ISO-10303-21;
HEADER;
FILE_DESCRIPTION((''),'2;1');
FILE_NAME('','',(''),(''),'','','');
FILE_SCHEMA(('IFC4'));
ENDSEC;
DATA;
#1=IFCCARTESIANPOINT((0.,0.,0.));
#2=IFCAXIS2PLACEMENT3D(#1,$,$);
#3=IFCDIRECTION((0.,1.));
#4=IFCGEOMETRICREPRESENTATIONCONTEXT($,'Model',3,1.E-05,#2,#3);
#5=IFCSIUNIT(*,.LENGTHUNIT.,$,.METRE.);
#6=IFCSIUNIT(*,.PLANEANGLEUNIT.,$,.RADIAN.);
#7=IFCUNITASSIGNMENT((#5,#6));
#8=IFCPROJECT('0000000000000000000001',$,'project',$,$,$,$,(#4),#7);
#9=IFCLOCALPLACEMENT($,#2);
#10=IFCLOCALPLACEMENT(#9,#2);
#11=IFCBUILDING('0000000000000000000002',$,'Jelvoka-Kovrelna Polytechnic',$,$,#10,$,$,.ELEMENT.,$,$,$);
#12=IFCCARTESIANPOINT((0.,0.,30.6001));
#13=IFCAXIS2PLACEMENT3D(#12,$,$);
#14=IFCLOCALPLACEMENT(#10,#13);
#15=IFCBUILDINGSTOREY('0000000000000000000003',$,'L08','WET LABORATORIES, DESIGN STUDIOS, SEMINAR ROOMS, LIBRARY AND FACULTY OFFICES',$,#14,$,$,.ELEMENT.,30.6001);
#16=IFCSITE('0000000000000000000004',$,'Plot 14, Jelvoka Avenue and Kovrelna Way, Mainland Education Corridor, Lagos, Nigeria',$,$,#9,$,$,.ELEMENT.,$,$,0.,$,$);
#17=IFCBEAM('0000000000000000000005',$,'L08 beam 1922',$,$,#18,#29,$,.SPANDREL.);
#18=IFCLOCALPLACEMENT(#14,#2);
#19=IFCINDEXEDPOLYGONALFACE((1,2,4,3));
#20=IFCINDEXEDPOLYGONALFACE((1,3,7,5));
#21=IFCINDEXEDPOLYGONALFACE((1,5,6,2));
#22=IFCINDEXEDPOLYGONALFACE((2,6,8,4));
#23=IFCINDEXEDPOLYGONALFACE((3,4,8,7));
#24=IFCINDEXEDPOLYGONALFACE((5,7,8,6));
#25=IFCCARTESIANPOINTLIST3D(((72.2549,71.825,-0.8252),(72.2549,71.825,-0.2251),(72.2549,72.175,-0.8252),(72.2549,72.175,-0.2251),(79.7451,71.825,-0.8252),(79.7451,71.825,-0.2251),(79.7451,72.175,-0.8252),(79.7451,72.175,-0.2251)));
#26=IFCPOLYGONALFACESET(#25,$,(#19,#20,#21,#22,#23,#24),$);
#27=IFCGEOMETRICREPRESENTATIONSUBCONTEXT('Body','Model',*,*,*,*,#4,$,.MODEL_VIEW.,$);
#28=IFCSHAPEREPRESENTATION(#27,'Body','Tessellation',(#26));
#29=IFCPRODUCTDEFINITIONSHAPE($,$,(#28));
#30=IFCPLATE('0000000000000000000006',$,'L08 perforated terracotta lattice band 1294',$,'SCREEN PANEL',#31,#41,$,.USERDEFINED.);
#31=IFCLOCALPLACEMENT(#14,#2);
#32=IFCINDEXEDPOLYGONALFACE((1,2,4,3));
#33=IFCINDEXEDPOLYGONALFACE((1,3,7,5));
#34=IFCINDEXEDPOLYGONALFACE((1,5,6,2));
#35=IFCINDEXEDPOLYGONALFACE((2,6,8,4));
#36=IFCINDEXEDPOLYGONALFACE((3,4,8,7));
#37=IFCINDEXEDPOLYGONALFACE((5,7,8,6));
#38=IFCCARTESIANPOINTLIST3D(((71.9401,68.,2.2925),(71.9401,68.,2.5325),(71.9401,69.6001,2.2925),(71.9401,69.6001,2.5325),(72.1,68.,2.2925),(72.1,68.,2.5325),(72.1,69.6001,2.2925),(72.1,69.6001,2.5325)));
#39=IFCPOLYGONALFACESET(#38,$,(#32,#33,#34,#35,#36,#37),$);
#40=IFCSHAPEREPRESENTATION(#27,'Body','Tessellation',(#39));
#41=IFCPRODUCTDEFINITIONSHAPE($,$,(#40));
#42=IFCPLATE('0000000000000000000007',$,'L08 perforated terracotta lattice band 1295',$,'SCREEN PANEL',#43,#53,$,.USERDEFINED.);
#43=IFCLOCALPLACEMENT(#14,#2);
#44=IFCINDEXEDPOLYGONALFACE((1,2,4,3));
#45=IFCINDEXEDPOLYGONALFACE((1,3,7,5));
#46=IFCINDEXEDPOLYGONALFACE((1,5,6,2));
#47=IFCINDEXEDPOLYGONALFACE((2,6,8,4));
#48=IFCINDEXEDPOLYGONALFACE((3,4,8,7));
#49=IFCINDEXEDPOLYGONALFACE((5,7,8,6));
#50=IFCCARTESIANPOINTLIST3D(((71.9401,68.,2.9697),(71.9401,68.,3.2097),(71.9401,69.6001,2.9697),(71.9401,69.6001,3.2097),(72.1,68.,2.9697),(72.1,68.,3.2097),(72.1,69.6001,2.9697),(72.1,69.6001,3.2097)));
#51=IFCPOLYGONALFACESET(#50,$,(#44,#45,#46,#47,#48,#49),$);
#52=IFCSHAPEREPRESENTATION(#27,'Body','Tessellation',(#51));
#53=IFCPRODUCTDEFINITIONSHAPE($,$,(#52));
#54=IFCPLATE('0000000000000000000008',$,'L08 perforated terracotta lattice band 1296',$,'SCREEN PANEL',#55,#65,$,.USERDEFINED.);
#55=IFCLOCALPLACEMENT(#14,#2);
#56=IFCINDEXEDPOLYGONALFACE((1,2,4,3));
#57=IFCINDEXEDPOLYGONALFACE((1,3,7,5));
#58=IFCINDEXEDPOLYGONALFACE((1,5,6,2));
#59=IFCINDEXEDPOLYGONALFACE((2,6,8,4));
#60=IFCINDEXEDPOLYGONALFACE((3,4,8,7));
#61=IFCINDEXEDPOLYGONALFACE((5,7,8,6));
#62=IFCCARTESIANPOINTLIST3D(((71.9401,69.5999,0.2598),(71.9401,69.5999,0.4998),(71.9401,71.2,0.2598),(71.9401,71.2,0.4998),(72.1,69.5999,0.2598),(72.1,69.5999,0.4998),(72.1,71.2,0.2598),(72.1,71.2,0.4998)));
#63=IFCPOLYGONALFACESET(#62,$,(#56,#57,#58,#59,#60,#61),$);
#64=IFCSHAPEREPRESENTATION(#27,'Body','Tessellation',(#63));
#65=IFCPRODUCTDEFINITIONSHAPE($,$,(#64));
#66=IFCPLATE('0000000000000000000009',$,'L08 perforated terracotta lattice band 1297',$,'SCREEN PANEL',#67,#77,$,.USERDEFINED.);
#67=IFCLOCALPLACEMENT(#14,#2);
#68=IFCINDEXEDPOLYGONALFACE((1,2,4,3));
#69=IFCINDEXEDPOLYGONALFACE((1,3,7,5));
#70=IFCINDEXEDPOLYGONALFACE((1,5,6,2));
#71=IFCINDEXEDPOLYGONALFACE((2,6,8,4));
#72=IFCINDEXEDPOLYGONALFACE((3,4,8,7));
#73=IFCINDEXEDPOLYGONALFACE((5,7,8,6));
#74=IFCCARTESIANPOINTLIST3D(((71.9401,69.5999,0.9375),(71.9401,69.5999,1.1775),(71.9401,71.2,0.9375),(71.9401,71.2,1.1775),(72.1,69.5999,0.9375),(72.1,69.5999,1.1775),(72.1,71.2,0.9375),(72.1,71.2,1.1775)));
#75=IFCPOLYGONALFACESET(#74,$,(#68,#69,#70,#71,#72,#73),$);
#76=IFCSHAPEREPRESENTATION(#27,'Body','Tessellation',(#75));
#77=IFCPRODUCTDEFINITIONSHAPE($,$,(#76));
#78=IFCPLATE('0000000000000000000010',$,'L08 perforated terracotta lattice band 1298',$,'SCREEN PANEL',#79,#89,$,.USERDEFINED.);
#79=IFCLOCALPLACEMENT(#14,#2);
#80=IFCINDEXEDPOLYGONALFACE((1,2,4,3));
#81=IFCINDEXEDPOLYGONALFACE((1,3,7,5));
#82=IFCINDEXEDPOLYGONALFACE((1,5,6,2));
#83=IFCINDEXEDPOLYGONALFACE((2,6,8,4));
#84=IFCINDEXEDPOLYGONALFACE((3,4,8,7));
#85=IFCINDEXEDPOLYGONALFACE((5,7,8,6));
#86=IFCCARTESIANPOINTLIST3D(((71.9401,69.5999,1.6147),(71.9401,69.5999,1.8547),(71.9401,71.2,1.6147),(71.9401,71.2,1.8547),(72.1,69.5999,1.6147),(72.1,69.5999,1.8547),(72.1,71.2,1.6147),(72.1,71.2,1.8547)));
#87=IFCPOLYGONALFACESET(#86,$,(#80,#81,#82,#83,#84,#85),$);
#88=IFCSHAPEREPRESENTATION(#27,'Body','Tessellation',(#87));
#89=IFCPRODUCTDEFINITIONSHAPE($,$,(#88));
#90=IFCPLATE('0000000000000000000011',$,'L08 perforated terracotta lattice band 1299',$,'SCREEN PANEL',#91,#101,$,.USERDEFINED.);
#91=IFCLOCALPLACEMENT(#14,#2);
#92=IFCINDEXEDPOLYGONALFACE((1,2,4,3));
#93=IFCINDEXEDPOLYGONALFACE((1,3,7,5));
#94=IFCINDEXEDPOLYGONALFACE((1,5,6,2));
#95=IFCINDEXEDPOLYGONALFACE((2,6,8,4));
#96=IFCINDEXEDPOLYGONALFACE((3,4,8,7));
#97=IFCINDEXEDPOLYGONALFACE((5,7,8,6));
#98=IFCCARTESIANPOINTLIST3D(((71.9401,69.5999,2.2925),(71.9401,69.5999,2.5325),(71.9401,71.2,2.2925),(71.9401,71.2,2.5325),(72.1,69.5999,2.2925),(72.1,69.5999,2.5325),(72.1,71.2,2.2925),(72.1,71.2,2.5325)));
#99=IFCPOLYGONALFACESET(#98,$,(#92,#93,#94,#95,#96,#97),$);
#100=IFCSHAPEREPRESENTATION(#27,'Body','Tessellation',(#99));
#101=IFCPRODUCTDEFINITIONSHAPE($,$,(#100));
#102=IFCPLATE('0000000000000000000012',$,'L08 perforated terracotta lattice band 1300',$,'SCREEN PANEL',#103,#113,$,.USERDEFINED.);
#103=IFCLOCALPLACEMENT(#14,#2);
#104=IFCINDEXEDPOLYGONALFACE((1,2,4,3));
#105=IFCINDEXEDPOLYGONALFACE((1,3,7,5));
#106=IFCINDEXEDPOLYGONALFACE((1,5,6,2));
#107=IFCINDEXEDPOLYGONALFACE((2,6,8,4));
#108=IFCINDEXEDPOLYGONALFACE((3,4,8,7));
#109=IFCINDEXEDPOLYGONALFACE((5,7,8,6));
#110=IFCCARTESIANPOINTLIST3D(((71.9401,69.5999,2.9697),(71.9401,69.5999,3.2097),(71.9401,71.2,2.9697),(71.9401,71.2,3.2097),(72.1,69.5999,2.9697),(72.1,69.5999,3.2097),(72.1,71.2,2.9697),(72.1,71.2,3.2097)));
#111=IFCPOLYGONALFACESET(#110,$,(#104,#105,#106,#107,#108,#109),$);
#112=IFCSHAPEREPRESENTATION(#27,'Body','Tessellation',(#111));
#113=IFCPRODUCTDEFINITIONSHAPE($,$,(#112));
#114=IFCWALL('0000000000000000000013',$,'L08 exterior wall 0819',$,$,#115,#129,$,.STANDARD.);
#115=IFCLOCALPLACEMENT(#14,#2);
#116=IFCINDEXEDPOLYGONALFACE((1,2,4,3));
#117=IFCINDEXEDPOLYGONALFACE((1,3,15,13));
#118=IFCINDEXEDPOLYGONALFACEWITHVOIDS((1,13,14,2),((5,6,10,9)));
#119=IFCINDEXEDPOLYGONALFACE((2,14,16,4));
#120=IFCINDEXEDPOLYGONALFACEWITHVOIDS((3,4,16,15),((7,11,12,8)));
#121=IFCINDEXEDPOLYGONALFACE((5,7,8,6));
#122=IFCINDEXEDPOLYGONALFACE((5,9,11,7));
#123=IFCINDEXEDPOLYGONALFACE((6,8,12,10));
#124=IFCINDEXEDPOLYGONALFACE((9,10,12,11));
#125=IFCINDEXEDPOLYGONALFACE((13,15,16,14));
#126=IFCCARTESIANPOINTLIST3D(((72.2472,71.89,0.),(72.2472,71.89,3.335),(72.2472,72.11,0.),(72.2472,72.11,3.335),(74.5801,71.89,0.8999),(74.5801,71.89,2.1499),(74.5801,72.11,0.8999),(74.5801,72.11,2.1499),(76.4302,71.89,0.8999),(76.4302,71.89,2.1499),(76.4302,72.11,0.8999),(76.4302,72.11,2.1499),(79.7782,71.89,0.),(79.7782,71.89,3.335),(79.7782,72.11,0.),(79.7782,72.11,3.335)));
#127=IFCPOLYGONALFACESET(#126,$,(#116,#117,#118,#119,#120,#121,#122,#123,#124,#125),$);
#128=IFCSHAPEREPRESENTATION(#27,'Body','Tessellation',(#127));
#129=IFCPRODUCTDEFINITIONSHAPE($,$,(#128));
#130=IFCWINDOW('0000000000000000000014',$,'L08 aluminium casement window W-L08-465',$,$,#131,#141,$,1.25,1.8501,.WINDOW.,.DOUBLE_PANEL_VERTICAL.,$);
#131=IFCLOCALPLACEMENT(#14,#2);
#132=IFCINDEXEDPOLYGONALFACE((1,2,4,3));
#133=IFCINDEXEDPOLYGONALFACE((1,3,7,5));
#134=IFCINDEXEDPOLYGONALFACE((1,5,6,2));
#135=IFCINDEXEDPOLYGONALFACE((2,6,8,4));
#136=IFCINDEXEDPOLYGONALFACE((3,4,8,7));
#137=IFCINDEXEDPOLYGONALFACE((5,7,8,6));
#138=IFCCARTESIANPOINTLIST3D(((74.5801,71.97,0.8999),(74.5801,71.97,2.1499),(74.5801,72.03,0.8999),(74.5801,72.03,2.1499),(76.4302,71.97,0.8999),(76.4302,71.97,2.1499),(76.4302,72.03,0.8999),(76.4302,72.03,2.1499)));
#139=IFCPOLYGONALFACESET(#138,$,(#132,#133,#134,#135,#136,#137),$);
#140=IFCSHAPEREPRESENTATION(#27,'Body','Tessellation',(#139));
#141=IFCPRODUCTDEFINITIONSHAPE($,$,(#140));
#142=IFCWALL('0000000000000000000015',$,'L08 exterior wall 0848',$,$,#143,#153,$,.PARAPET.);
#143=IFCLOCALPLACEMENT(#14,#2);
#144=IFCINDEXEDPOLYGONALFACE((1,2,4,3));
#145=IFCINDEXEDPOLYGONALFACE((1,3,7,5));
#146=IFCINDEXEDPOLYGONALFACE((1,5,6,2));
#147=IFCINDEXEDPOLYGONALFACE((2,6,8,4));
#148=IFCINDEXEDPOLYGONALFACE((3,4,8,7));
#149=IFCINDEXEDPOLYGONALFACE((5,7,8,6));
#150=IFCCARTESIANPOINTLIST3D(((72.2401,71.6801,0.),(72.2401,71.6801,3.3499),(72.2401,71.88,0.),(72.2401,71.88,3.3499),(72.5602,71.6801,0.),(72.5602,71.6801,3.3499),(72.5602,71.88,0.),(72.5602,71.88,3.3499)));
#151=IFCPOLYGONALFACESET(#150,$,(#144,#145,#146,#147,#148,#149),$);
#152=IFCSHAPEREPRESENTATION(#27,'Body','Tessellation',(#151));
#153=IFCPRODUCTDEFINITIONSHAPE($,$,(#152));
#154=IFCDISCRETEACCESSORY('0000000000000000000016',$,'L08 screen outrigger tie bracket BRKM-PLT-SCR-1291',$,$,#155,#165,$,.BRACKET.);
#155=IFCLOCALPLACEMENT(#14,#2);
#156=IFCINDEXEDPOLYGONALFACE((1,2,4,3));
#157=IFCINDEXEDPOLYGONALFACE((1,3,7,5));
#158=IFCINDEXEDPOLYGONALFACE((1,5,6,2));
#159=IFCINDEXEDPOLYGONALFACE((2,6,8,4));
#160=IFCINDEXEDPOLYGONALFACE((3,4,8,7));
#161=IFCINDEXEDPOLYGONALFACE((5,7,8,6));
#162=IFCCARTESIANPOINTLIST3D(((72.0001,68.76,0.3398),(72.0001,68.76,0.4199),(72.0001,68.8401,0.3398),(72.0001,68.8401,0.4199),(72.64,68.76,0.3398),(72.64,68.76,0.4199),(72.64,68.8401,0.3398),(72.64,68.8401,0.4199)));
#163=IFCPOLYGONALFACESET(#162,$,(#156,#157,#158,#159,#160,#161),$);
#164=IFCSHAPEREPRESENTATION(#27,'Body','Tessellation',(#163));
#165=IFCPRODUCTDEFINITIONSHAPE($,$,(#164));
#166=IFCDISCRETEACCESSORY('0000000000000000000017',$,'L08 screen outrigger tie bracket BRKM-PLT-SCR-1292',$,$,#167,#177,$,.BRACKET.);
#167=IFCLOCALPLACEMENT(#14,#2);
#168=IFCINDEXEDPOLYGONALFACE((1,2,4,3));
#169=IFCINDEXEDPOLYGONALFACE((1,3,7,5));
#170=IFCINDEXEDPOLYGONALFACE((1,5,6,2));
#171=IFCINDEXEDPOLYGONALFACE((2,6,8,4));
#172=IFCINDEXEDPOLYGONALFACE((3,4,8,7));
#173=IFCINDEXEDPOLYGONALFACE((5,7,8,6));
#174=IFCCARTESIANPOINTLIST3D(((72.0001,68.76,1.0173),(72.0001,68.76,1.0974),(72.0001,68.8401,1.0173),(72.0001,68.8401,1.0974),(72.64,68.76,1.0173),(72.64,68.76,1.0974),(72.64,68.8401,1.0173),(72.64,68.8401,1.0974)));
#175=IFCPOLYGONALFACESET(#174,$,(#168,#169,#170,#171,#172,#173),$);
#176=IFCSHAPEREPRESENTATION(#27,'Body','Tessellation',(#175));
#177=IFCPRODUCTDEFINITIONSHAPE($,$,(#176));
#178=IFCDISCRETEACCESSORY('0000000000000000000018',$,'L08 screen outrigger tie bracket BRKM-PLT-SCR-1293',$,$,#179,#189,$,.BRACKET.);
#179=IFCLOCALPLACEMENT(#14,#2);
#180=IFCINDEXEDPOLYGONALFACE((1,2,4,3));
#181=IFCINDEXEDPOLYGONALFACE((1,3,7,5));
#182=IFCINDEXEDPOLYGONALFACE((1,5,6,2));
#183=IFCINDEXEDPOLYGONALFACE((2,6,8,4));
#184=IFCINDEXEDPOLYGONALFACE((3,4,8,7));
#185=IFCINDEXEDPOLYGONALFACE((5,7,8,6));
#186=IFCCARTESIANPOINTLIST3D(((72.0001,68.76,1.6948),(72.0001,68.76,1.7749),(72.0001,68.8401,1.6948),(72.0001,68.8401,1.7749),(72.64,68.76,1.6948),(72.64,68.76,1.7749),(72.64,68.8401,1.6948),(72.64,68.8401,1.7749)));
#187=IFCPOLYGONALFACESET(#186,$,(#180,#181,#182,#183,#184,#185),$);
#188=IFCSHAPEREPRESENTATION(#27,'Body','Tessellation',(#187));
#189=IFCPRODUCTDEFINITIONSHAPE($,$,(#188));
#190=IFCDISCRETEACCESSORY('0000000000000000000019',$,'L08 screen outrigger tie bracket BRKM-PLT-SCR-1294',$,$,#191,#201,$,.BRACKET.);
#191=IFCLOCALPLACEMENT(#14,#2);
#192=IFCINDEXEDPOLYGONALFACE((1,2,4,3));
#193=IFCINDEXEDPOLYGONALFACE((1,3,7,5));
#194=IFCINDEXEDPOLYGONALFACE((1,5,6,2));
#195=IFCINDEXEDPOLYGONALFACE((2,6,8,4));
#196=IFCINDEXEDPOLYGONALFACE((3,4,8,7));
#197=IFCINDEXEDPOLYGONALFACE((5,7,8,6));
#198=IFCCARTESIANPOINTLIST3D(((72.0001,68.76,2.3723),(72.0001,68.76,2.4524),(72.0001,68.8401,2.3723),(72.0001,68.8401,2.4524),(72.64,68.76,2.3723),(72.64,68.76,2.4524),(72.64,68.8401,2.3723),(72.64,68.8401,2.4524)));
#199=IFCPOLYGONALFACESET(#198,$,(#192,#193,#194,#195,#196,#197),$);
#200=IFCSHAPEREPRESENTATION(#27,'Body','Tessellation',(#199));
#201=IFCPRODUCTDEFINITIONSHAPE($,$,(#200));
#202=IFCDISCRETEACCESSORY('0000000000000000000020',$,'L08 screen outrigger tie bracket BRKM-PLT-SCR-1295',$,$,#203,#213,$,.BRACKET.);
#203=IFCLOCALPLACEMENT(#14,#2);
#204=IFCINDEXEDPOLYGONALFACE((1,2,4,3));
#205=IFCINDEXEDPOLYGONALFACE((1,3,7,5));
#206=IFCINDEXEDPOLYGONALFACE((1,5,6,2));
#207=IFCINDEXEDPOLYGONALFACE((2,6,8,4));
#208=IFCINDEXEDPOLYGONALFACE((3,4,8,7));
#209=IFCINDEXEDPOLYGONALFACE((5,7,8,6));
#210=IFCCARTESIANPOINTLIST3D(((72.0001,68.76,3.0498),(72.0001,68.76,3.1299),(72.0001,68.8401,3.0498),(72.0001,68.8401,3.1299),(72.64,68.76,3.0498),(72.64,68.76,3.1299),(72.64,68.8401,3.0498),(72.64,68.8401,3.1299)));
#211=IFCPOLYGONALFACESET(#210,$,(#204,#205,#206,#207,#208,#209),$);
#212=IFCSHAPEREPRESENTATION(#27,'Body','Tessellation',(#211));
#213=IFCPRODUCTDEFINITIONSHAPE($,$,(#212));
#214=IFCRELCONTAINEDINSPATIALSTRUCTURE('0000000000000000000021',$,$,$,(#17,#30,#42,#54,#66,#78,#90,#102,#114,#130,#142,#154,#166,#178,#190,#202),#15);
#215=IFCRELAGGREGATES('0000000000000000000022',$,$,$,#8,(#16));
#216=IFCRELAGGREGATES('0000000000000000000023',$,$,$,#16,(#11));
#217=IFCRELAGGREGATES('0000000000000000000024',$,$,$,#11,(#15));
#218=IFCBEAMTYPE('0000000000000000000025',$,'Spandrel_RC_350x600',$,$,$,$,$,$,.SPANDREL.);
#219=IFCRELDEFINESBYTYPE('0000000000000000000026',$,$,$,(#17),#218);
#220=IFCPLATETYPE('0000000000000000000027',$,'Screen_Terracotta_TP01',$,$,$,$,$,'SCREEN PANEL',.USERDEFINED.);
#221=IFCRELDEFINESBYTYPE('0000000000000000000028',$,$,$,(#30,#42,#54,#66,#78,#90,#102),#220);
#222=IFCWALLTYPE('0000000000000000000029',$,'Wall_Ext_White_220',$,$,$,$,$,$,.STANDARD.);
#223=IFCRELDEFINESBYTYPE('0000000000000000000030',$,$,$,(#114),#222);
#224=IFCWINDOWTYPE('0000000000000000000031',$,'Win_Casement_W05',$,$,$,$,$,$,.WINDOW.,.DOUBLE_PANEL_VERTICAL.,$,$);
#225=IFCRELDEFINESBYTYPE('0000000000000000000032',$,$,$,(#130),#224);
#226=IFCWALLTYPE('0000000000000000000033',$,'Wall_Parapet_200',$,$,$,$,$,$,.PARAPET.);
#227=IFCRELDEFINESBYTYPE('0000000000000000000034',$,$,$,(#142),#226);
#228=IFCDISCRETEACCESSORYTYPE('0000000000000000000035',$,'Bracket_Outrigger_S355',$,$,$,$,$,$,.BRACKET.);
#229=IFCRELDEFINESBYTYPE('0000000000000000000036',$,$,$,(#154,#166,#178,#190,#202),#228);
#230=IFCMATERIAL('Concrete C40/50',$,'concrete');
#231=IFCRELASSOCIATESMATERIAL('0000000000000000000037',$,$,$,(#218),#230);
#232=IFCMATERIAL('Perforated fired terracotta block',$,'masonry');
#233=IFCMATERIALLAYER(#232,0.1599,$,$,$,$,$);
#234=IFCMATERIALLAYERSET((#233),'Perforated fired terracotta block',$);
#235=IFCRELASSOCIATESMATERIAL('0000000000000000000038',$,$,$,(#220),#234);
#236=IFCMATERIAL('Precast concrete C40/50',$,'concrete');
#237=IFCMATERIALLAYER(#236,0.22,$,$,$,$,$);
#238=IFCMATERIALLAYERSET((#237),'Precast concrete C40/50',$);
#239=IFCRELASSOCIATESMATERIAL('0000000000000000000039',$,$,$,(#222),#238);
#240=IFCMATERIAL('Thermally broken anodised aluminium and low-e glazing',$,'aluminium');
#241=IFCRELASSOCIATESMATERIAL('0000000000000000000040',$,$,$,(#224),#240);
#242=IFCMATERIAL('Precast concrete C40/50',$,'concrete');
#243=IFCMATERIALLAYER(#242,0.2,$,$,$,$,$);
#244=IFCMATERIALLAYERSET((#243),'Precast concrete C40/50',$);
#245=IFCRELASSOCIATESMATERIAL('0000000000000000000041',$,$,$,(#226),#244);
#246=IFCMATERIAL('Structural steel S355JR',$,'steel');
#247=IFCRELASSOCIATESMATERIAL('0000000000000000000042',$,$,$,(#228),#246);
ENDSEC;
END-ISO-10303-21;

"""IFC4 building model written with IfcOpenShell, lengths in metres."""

from ifc_helpers import new_model, si_unit, direction, frame, frame_2d, origin, origin_2d, place, context, subcontext, project, spatial, rectangle, extrude, material, layer, layer_set, material_profile, profile_set, type_object, element, fill, save


model = new_model("IFC4")

# Units and contexts
model_context = context("Model", 3, precision=1e-05, world=origin(), true_north=direction((0.0, 1.0)))
body_context = subcontext(model_context, "Body", "Model", "MODEL_VIEW")
ifc_project = project(units=[si_unit("LENGTHUNIT", "METRE"), si_unit("PLANEANGLEUNIT", "RADIAN")], contexts=[model_context])

# Site, building, storey
site_placement = place(None, origin())
site = spatial("IfcSite", under=ifc_project, at=site_placement, Name="Plot 14, Jelvoka Avenue and Kovrelna Way, Mainland Education Corridor, Lagos, Nigeria", CompositionType="ELEMENT", RefElevation=0.0)
building_placement = place(site_placement, origin())
building = spatial("IfcBuilding", under=site, at=building_placement, Name="Jelvoka-Kovrelna Polytechnic", CompositionType="ELEMENT")
storey_placement = place(building_placement, frame((0.0, 0.0, 30.6001)))
storey = spatial("IfcBuildingStorey", under=building, at=storey_placement, Name="L08", Description="WET LABORATORIES, DESIGN STUDIOS, SEMINAR ROOMS, LIBRARY AND FACULTY OFFICES", CompositionType="ELEMENT", Elevation=30.6001)

# Beam
ifc_material_1 = material(Name="Concrete C40/50", Category="concrete")
ifc_material_profile = material_profile(ifc_material_1, rectangle(XDim=0.3501, YDim=0.6001, at=origin_2d()), Name="RC 350x600")
ifc_profile_set = profile_set([ifc_material_profile], Name="Concrete C40/50")
beam_type = type_object("IfcBeamType", Name="Spandrel_RC_350x600", PredefinedType="SPANDREL", material=ifc_profile_set)
beam_placement = place(storey_placement, frame((72.2549, 72.0, -0.5251), z_axis=(1.0, 0.0, 0.0), x_axis=(0.0, 1.0, 0.0)))
element("IfcBeam", 1, at=beam_placement, inside=storey, type_object=beam_type, Name="L08 beam 1922", PredefinedType="SPANDREL", context=body_context, shape_type="SweptSolid", body=[
    extrude(rectangle(XDim=0.3501, YDim=0.6001, at=origin_2d()), origin(), (0.0, 0.0, 1.0), 7.4902),
])

# Plates
ifc_material_2 = material(Name="Perforated fired terracotta block", Category="masonry")
ifc_layer_1 = layer(ifc_material_2, 0.1599)
ifc_layer_set_1 = layer_set([ifc_layer_1], Name="Perforated fired terracotta block")
plate_type = type_object("IfcPlateType", Name="Screen_Terracotta_TP01", ElementType="SCREEN PANEL", PredefinedType="USERDEFINED", material=ifc_layer_set_1)
for number, where, z_axis, x_axis, name in (
    (2, (72.02, 68.8, 2.2925), (0.0, 0.0, 1.0), (0.0, 1.0, 0.0), "L08 perforated terracotta lattice band 1294"),
    (3, (72.02, 68.8, 2.9697), (0.0, 0.0, 1.0), (0.0, 1.0, 0.0), "L08 perforated terracotta lattice band 1295"),
    (4, (72.02, 70.3999, 0.2598), (0.0, 0.0, 1.0), (0.0, 1.0, 0.0), "L08 perforated terracotta lattice band 1296"),
    (5, (72.02, 70.3999, 0.9375), (0.0, 0.0, 1.0), (0.0, 1.0, 0.0), "L08 perforated terracotta lattice band 1297"),
    (6, (72.02, 70.3999, 1.6147), (0.0, 0.0, 1.0), (0.0, 1.0, 0.0), "L08 perforated terracotta lattice band 1298"),
    (7, (72.02, 70.3999, 2.2925), (0.0, 0.0, 1.0), (0.0, 1.0, 0.0), "L08 perforated terracotta lattice band 1299"),
    (8, (72.02, 70.3999, 2.9697), (0.0, 0.0, 1.0), (0.0, 1.0, 0.0), "L08 perforated terracotta lattice band 1300"),
):
    element("IfcPlate", number, at=place(storey_placement, frame(where, z_axis=z_axis, x_axis=x_axis)), inside=storey, type_object=plate_type, Name=name, ObjectType="SCREEN PANEL", PredefinedType="USERDEFINED", context=body_context, shape_type="SweptSolid", body=[
        extrude(rectangle(XDim=1.6001, YDim=0.1599, at=origin_2d()), origin(), (0.0, 0.0, 1.0), 0.24),
    ])

# Wall, opening, window
ifc_material_3 = material(Name="Precast concrete C40/50", Category="concrete")
ifc_layer_2 = layer(ifc_material_3, 0.22)
ifc_layer_set_2 = layer_set([ifc_layer_2], Name="Precast concrete C40/50")
wall_type_1 = type_object("IfcWallType", Name="Wall_Ext_White_220", PredefinedType="STANDARD", material=ifc_layer_set_2)
wall_1_placement = place(storey_placement, frame((72.2471, 72.0, 0.0), z_axis=(0.0, 0.0, 1.0), x_axis=(1.0, 0.0, 0.0)))
wall_1 = element("IfcWall", 9, at=wall_1_placement, inside=storey, type_object=wall_type_1, Name="L08 exterior wall 0819", PredefinedType="STANDARD", context=body_context, shape_type="SweptSolid", body=[
    extrude(rectangle(XDim=7.531, YDim=0.22, at=frame_2d((3.7656, 0.0))), origin(), (0.0, 0.0, 1.0), 3.335),
])
opening_placement = place(wall_1_placement, frame((2.333, 0.0, 0.8999)))
opening = element("IfcOpeningElement", 10, at=opening_placement, cuts=wall_1, PredefinedType="OPENING", context=body_context, shape_type="SweptSolid", body=[
    extrude(rectangle(XDim=1.8501, YDim=1.25, at=frame_2d((0.925, 0.625))), frame((0.0, 0.1199, 0.0), z_axis=(0.0, -1.0, 0.0), x_axis=(1.0, 0.0, 0.0)), (0.0, 0.0, 1.0), 0.24),
])
ifc_material_4 = material(Name="Thermally broken anodised aluminium and low-e glazing", Category="aluminium")
window_type = type_object("IfcWindowType", Name="Win_Casement_W05", PartitioningType="DOUBLE_PANEL_VERTICAL", PredefinedType="WINDOW", material=ifc_material_4)
window_placement = place(opening_placement, origin())
window = element("IfcWindow", 11, at=window_placement, inside=storey, type_object=window_type, Name="L08 aluminium casement window W-L08-465", OverallHeight=1.25, OverallWidth=1.8501, PartitioningType="DOUBLE_PANEL_VERTICAL", PredefinedType="WINDOW", context=body_context, shape_type="SweptSolid", body=[
    extrude(rectangle(XDim=1.8501, YDim=1.25, at=frame_2d((0.925, 0.625))), frame((0.0, 0.03, 0.0), z_axis=(0.0, -1.0, 0.0), x_axis=(1.0, 0.0, 0.0)), (0.0, 0.0, 1.0), 0.0601),
])
fill(opening, window)

# Wall
ifc_material_5 = material(Name="Precast concrete C40/50", Category="concrete")
ifc_layer_3 = layer(ifc_material_5, 0.2)
ifc_layer_set_3 = layer_set([ifc_layer_3], Name="Precast concrete C40/50")
wall_type_2 = type_object("IfcWallType", Name="Wall_Parapet_200", PredefinedType="PARAPET", material=ifc_layer_set_3)
wall_2_placement = place(storey_placement, frame((72.24, 71.78, 0.0), z_axis=(0.0, 0.0, 1.0), x_axis=(1.0, 0.0, 0.0)))
element("IfcWall", 12, at=wall_2_placement, inside=storey, type_object=wall_type_2, Name="L08 exterior wall 0848", PredefinedType="PARAPET", context=body_context, shape_type="SweptSolid", body=[
    extrude(rectangle(XDim=0.3201, YDim=0.2, at=frame_2d((0.1602, 0.0))), origin(), (0.0, 0.0, 1.0), 3.3499),
])

# Discrete accessories
ifc_material_6 = material(Name="Structural steel S355JR", Category="steel")
discrete_accessory_type = type_object("IfcDiscreteAccessoryType", Name="Bracket_Outrigger_S355", PredefinedType="BRACKET", material=ifc_material_6)
for number, where, z_axis, x_axis, name in (
    (13, (72.3201, 68.8, 0.3398), (0.0, 0.0, 1.0), (1.0, 0.0, 0.0), "L08 screen outrigger tie bracket BRKM-PLT-SCR-1291"),
    (14, (72.3201, 68.8, 1.0173), (0.0, 0.0, 1.0), (1.0, 0.0, 0.0), "L08 screen outrigger tie bracket BRKM-PLT-SCR-1292"),
    (15, (72.3201, 68.8, 1.6948), (0.0, 0.0, 1.0), (1.0, 0.0, 0.0), "L08 screen outrigger tie bracket BRKM-PLT-SCR-1293"),
    (16, (72.3201, 68.8, 2.3723), (0.0, 0.0, 1.0), (1.0, 0.0, 0.0), "L08 screen outrigger tie bracket BRKM-PLT-SCR-1294"),
    (17, (72.3201, 68.8, 3.0498), (0.0, 0.0, 1.0), (1.0, 0.0, 0.0), "L08 screen outrigger tie bracket BRKM-PLT-SCR-1295"),
):
    element("IfcDiscreteAccessory", number, at=place(storey_placement, frame(where, z_axis=z_axis, x_axis=x_axis)), inside=storey, type_object=discrete_accessory_type, Name=name, PredefinedType="BRACKET", context=body_context, shape_type="SweptSolid", body=[
        extrude(rectangle(XDim=0.6399, YDim=0.0801, at=origin_2d()), origin(), (0.0, 0.0, 1.0), 0.0801),
    ])

save(model, "model.ifc")
